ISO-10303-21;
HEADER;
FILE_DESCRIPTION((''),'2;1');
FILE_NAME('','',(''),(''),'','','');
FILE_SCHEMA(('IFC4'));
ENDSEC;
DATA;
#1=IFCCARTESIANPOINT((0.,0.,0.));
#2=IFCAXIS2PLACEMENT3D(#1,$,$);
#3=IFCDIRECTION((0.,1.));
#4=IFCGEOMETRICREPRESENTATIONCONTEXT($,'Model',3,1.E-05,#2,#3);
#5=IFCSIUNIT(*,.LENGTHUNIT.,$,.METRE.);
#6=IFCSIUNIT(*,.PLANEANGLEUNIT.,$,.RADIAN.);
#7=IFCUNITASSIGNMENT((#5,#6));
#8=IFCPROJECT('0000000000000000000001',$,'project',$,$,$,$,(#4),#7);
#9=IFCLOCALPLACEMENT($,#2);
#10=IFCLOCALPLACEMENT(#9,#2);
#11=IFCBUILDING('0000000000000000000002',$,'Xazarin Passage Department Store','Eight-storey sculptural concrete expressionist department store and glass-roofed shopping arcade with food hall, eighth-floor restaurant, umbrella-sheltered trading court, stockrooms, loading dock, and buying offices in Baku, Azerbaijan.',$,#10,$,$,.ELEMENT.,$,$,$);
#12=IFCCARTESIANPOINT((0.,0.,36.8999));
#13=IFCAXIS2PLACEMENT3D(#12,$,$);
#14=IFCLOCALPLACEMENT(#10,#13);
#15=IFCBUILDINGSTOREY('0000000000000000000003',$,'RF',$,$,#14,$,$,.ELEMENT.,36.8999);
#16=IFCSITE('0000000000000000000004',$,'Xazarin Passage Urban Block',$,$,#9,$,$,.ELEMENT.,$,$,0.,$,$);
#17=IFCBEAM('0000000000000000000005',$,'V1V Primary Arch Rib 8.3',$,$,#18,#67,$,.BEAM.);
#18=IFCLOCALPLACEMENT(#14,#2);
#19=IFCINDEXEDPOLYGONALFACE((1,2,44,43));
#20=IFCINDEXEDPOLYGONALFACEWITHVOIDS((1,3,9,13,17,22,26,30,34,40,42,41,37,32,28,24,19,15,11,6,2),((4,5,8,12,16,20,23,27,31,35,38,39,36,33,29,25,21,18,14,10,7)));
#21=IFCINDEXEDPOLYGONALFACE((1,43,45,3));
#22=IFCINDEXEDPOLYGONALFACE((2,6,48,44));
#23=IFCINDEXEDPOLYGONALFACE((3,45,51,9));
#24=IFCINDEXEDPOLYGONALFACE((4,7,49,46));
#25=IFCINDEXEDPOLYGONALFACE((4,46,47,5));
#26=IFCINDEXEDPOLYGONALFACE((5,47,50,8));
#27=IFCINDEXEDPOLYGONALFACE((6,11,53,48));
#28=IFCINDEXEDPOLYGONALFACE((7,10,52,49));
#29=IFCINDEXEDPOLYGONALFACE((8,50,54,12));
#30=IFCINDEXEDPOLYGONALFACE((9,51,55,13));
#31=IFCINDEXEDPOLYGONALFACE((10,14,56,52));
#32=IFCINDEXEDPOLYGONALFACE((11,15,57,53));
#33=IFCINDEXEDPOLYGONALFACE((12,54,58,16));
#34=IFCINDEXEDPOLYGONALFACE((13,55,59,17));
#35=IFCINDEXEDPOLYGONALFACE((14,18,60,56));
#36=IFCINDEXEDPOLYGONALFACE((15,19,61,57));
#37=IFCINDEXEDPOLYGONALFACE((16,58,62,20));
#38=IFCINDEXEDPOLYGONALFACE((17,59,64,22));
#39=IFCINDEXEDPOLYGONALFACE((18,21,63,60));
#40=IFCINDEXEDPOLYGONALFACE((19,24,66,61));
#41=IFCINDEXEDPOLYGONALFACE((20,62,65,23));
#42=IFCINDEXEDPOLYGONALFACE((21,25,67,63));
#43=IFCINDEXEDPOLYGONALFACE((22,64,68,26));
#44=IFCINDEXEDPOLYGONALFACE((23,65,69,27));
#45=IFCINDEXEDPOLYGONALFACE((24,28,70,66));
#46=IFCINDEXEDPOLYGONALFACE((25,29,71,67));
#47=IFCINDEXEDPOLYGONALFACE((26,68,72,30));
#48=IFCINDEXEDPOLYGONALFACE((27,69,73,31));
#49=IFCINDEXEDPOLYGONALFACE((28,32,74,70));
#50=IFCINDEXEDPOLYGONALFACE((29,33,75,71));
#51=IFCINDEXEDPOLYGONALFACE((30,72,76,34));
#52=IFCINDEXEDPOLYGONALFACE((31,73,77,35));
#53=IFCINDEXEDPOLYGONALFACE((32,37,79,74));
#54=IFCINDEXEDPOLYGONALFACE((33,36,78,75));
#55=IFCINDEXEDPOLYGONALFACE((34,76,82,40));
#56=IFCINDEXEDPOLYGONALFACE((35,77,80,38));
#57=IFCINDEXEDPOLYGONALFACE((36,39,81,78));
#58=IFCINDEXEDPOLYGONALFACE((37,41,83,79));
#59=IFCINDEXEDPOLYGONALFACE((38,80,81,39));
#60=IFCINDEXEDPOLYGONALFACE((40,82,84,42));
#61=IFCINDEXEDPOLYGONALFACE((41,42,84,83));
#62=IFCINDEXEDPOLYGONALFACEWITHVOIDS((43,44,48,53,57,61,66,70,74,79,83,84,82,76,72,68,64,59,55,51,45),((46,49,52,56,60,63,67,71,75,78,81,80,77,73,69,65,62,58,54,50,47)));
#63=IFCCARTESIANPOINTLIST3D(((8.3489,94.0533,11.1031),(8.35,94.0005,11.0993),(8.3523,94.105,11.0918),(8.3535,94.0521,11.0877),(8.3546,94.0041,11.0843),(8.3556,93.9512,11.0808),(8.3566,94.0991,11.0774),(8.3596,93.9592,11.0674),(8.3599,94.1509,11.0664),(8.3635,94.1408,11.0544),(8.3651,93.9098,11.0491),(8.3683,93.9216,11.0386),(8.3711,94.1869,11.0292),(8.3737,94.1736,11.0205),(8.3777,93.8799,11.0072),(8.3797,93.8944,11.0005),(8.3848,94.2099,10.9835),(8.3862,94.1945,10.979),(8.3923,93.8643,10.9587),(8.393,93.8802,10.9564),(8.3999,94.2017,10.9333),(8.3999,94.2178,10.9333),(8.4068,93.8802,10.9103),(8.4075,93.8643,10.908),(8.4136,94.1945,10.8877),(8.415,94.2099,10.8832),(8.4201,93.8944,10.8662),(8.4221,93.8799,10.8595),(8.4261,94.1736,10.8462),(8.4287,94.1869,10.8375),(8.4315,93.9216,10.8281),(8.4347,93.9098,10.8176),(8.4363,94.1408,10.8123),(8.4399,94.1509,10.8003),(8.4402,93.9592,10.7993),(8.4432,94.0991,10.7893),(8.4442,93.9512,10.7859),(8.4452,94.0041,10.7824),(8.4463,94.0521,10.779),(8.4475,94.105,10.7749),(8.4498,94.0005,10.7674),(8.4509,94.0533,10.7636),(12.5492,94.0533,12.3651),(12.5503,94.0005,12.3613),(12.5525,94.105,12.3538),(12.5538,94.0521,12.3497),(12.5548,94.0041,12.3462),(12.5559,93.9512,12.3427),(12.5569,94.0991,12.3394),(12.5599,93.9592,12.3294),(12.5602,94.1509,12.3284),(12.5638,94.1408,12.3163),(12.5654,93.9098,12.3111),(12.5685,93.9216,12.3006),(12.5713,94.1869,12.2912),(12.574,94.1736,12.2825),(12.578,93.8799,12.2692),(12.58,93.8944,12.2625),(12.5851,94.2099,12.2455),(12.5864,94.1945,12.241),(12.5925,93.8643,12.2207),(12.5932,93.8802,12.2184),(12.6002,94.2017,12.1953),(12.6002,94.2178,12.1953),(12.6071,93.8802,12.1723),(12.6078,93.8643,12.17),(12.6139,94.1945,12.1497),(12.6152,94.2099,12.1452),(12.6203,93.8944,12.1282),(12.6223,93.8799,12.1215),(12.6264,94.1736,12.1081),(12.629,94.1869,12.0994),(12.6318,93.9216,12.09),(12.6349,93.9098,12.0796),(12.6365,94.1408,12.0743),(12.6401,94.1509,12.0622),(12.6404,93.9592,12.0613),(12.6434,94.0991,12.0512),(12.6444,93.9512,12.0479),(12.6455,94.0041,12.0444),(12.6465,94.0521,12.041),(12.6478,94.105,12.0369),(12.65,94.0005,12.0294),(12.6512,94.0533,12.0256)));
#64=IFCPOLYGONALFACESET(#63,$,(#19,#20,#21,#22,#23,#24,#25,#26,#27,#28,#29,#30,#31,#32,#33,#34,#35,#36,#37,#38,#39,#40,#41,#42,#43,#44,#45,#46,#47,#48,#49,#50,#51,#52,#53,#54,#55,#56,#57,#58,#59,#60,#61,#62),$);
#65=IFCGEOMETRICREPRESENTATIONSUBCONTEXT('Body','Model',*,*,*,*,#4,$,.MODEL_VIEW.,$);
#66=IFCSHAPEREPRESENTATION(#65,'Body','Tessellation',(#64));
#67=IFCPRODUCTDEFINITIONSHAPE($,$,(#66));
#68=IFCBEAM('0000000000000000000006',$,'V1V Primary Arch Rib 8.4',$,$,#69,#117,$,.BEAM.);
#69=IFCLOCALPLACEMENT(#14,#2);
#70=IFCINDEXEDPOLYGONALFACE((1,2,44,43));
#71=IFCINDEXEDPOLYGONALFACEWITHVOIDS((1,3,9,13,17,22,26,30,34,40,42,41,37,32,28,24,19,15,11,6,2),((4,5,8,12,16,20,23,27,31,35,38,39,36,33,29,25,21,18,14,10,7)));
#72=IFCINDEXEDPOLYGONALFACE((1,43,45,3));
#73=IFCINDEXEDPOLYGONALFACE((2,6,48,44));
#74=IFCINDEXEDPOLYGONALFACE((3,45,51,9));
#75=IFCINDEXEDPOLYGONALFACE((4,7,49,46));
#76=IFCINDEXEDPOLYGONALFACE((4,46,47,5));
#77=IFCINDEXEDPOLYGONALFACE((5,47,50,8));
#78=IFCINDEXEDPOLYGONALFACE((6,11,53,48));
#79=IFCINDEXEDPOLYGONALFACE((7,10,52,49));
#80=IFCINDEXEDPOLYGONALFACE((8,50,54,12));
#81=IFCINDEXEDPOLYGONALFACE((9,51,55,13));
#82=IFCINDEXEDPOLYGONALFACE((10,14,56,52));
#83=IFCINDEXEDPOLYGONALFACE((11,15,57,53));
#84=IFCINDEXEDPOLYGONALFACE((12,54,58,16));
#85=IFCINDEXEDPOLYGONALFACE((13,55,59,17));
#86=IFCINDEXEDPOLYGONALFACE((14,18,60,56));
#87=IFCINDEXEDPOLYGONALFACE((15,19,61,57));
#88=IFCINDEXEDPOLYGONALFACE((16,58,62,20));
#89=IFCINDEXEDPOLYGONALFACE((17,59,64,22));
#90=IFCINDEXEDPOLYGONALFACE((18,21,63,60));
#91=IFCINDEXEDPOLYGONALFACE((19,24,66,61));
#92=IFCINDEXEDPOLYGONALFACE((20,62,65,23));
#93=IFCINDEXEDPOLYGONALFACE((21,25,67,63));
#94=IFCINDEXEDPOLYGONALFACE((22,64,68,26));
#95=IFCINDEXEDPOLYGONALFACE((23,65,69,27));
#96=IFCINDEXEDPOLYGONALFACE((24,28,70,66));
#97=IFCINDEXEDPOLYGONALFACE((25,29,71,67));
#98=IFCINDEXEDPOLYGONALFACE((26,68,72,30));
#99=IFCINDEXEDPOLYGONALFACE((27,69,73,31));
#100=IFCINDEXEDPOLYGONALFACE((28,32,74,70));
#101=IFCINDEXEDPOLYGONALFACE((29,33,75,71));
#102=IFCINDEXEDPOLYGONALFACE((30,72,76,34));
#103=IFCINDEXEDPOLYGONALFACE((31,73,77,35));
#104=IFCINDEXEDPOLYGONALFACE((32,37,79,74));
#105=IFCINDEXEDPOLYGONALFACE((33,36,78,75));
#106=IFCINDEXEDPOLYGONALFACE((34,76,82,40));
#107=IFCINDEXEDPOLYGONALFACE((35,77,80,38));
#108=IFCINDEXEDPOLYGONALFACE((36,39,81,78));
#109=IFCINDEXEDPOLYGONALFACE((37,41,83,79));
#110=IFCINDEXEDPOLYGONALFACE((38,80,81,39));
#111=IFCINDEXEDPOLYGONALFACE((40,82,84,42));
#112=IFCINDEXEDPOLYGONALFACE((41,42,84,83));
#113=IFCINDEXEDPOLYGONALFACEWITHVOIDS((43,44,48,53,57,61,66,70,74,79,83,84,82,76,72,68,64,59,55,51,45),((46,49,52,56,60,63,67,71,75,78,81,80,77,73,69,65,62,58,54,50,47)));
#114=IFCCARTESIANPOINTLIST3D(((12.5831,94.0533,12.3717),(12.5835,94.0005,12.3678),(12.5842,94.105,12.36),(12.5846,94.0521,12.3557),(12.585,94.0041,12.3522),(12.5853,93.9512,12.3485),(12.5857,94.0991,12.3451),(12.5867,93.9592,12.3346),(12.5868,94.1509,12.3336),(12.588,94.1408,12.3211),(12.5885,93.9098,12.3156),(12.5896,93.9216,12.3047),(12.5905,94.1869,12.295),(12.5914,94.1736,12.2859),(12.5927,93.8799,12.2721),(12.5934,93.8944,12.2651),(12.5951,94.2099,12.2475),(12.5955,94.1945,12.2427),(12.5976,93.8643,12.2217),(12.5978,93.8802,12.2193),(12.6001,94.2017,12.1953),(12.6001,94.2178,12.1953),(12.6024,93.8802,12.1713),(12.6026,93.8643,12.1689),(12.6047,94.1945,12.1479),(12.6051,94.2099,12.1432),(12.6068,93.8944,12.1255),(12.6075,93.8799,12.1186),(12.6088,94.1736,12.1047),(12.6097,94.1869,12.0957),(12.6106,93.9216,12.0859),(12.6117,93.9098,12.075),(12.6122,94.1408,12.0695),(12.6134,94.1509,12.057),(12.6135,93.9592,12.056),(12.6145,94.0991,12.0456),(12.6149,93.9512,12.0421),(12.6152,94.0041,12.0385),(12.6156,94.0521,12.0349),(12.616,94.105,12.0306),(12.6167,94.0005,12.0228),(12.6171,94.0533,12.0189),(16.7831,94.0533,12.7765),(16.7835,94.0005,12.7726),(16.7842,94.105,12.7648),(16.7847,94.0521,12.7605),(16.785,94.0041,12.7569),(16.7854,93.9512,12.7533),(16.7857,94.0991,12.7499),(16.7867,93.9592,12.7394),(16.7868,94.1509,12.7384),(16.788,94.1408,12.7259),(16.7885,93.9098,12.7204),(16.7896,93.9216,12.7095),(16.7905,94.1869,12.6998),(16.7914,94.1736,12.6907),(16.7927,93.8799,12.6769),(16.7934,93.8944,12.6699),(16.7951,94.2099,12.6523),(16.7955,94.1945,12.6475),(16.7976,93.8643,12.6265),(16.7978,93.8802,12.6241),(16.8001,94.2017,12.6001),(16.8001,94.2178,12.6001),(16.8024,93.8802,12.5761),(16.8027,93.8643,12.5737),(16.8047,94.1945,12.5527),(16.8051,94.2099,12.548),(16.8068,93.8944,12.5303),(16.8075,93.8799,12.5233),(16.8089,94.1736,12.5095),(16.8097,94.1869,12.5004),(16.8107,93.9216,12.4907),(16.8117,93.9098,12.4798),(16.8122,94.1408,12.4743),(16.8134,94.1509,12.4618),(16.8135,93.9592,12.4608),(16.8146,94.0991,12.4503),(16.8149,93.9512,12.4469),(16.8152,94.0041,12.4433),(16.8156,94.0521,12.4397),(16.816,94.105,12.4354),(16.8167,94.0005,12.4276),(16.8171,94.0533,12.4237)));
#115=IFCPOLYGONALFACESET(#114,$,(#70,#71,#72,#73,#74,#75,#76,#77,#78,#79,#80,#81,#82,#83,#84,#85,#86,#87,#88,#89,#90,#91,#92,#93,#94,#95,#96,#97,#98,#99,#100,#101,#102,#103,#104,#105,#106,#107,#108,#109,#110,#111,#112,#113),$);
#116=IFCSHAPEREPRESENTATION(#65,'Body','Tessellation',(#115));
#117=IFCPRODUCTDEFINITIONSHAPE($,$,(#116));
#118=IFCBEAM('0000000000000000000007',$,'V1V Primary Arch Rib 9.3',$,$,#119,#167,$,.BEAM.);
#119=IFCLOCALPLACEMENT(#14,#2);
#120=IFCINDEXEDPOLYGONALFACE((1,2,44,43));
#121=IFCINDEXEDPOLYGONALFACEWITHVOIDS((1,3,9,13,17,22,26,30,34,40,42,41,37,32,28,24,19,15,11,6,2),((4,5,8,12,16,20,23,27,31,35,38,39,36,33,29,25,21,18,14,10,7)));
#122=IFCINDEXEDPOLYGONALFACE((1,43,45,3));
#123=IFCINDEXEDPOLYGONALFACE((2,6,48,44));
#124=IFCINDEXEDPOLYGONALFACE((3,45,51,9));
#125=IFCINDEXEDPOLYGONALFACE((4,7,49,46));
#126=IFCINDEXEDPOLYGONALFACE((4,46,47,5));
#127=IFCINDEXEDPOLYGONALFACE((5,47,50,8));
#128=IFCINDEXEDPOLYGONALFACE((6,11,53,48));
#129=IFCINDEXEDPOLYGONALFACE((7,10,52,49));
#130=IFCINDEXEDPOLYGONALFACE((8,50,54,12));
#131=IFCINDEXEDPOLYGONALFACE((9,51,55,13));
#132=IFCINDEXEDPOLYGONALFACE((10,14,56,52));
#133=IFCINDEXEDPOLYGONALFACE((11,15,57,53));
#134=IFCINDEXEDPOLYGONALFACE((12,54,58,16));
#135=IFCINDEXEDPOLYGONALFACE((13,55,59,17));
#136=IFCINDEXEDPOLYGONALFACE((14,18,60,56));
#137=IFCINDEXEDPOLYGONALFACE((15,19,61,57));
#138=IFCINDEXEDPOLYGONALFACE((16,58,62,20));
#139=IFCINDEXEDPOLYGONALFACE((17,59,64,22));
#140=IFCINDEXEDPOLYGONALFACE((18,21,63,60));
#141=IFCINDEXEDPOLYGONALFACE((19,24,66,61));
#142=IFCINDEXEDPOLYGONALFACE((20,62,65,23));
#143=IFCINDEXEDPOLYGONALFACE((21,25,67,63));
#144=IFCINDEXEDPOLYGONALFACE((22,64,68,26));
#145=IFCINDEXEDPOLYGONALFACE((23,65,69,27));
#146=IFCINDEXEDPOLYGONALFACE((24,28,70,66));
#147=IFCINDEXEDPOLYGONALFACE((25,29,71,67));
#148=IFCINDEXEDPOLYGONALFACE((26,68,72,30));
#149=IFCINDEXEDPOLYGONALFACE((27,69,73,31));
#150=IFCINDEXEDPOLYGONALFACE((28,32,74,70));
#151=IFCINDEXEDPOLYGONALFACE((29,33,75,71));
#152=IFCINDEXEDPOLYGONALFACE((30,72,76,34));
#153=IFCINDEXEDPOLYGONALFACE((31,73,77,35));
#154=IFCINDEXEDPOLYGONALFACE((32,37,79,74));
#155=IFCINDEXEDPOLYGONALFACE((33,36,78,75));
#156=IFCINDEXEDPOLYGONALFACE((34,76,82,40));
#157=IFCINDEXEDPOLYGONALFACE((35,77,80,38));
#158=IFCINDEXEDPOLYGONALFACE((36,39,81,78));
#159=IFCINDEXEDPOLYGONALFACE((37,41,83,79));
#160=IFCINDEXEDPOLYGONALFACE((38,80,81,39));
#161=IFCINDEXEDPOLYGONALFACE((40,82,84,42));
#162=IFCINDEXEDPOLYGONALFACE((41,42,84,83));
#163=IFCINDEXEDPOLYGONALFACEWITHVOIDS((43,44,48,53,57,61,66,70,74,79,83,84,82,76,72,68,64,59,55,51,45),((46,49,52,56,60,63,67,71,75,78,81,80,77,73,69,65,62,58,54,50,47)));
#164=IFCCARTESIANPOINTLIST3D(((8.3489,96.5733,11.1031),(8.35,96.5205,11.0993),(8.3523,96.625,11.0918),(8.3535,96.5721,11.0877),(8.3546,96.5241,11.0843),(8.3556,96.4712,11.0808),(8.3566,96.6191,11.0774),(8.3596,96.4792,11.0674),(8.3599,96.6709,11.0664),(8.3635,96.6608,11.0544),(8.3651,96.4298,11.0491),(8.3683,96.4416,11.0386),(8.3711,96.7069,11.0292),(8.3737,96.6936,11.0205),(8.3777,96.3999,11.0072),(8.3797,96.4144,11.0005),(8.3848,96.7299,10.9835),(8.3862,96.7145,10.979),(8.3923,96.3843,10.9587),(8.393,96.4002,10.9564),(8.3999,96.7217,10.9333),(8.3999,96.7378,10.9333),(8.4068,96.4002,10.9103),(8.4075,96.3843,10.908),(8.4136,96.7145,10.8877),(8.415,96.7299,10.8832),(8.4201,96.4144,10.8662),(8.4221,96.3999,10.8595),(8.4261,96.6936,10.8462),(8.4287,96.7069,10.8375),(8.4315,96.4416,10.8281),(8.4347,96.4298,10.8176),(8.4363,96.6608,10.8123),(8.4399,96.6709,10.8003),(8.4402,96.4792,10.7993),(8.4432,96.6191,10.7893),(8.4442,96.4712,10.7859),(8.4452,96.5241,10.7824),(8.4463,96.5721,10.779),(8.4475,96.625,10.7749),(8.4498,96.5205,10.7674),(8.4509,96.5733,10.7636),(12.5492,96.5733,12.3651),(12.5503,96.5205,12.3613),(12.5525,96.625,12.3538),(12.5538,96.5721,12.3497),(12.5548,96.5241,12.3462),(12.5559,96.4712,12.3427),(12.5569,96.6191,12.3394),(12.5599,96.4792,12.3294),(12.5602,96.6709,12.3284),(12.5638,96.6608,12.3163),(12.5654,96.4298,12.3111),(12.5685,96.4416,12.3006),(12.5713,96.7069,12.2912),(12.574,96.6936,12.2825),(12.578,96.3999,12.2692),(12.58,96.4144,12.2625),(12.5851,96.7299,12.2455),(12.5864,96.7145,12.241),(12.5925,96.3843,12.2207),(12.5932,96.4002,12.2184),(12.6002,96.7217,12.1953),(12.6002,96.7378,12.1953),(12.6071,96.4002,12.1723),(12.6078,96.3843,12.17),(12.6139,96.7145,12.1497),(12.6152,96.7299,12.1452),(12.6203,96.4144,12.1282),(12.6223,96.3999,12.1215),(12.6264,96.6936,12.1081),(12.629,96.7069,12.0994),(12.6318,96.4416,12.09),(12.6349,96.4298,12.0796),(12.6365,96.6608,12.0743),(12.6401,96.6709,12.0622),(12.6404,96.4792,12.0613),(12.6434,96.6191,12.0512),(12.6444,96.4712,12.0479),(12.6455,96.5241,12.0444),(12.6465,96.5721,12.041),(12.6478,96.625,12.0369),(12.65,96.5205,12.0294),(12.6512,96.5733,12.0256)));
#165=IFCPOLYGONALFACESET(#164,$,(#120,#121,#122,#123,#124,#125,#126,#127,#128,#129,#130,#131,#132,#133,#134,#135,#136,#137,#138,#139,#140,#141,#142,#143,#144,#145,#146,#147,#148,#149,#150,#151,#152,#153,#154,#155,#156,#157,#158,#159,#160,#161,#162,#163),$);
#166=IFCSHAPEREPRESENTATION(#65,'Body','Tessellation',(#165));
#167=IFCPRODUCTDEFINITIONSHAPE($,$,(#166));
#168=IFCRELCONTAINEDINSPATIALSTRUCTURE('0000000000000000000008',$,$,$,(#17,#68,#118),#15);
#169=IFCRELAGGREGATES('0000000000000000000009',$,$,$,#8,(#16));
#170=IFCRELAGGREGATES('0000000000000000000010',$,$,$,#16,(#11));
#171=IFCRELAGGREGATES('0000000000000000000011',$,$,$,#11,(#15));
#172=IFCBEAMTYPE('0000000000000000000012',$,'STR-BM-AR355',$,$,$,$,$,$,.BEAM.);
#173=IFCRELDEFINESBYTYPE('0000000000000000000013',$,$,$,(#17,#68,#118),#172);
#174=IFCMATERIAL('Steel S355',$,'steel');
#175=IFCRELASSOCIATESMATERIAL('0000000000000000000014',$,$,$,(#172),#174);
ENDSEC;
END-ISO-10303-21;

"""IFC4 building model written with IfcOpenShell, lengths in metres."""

from ifc_helpers import new_model, si_unit, direction, frame, origin, origin_2d, place, context, subcontext, project, spatial, hollow_circle, extrude, material, material_profile, profile_set, type_object, element, save


model = new_model("IFC4")

# Units and contexts
model_context = context("Model", 3, precision=1e-05, world=origin(), true_north=direction((0.0, 1.0)))
body_context = subcontext(model_context, "Body", "Model", "MODEL_VIEW")
ifc_project = project(units=[si_unit("LENGTHUNIT", "METRE"), si_unit("PLANEANGLEUNIT", "RADIAN")], contexts=[model_context])

# Site, building, storey
site_placement = place(None, origin())
site = spatial("IfcSite", under=ifc_project, at=site_placement, Name="Xazarin Passage Urban Block", CompositionType="ELEMENT", RefElevation=0.0)
building_placement = place(site_placement, origin())
building = spatial("IfcBuilding", under=site, at=building_placement, Name="Xazarin Passage Department Store", Description="Eight-storey sculptural concrete expressionist department store and glass-roofed shopping arcade with food hall, eighth-floor restaurant, umbrella-sheltered trading court, stockrooms, loading dock, and buying offices in Baku, Azerbaijan.", CompositionType="ELEMENT")
storey_placement = place(building_placement, frame((0.0, 0.0, 36.8999)))
storey = spatial("IfcBuildingStorey", under=building, at=storey_placement, Name="RF", CompositionType="ELEMENT", Elevation=36.8999)

# Beams
ifc_material_1 = material(Name="Steel S355", Category="steel")
ifc_material_profile_1 = material_profile(ifc_material_1, hollow_circle(Radius=0.1777, WallThickness=0.0161, at=origin_2d()), Name="CHS 355.6x16")
ifc_profile_set_1 = profile_set([ifc_material_profile_1], Name="Steel S355")
beam_type_1 = type_object("IfcBeamType", Name="STR-BM-AR355", PredefinedType="BEAM", material=ifc_profile_set_1)
beam_1_placement = place(storey_placement, frame((8.3999, 94.04, 10.9333), z_axis=(0.957707, 0.0, 0.287746), x_axis=(0.0, 1.0, 0.0)))
element("IfcBeam", 1, at=beam_1_placement, inside=storey, type_object=beam_type_1, Name="V1V Primary Arch Rib 8.3", PredefinedType="BEAM", context=body_context, shape_type="SweptSolid", body=[
    extrude(hollow_circle(Radius=0.1777, WallThickness=0.0161, at=origin_2d()), origin(), (0.0, 0.0, 1.0), 4.3857),
])
beam_2_placement = place(storey_placement, frame((12.6001, 94.04, 12.1953), z_axis=(0.995388, 0.0, 0.095934), x_axis=(0.0, 1.0, 0.0)))
element("IfcBeam", 2, at=beam_2_placement, inside=storey, type_object=beam_type_1, Name="V1V Primary Arch Rib 8.4", PredefinedType="BEAM", context=body_context, shape_type="SweptSolid", body=[
    extrude(hollow_circle(Radius=0.1777, WallThickness=0.0161, at=origin_2d()), origin(), (0.0, 0.0, 1.0), 4.2195),
])
beam_3_placement = place(storey_placement, frame((8.3999, 96.5601, 10.9333), z_axis=(0.957707, 0.0, 0.287746), x_axis=(0.0, 1.0, 0.0)))
element("IfcBeam", 3, at=beam_3_placement, inside=storey, type_object=beam_type_1, Name="V1V Primary Arch Rib 9.3", PredefinedType="BEAM", context=body_context, shape_type="SweptSolid", body=[
    extrude(hollow_circle(Radius=0.1777, WallThickness=0.0161, at=origin_2d()), origin(), (0.0, 0.0, 1.0), 4.3857),
])

save(model, "model.ifc")
